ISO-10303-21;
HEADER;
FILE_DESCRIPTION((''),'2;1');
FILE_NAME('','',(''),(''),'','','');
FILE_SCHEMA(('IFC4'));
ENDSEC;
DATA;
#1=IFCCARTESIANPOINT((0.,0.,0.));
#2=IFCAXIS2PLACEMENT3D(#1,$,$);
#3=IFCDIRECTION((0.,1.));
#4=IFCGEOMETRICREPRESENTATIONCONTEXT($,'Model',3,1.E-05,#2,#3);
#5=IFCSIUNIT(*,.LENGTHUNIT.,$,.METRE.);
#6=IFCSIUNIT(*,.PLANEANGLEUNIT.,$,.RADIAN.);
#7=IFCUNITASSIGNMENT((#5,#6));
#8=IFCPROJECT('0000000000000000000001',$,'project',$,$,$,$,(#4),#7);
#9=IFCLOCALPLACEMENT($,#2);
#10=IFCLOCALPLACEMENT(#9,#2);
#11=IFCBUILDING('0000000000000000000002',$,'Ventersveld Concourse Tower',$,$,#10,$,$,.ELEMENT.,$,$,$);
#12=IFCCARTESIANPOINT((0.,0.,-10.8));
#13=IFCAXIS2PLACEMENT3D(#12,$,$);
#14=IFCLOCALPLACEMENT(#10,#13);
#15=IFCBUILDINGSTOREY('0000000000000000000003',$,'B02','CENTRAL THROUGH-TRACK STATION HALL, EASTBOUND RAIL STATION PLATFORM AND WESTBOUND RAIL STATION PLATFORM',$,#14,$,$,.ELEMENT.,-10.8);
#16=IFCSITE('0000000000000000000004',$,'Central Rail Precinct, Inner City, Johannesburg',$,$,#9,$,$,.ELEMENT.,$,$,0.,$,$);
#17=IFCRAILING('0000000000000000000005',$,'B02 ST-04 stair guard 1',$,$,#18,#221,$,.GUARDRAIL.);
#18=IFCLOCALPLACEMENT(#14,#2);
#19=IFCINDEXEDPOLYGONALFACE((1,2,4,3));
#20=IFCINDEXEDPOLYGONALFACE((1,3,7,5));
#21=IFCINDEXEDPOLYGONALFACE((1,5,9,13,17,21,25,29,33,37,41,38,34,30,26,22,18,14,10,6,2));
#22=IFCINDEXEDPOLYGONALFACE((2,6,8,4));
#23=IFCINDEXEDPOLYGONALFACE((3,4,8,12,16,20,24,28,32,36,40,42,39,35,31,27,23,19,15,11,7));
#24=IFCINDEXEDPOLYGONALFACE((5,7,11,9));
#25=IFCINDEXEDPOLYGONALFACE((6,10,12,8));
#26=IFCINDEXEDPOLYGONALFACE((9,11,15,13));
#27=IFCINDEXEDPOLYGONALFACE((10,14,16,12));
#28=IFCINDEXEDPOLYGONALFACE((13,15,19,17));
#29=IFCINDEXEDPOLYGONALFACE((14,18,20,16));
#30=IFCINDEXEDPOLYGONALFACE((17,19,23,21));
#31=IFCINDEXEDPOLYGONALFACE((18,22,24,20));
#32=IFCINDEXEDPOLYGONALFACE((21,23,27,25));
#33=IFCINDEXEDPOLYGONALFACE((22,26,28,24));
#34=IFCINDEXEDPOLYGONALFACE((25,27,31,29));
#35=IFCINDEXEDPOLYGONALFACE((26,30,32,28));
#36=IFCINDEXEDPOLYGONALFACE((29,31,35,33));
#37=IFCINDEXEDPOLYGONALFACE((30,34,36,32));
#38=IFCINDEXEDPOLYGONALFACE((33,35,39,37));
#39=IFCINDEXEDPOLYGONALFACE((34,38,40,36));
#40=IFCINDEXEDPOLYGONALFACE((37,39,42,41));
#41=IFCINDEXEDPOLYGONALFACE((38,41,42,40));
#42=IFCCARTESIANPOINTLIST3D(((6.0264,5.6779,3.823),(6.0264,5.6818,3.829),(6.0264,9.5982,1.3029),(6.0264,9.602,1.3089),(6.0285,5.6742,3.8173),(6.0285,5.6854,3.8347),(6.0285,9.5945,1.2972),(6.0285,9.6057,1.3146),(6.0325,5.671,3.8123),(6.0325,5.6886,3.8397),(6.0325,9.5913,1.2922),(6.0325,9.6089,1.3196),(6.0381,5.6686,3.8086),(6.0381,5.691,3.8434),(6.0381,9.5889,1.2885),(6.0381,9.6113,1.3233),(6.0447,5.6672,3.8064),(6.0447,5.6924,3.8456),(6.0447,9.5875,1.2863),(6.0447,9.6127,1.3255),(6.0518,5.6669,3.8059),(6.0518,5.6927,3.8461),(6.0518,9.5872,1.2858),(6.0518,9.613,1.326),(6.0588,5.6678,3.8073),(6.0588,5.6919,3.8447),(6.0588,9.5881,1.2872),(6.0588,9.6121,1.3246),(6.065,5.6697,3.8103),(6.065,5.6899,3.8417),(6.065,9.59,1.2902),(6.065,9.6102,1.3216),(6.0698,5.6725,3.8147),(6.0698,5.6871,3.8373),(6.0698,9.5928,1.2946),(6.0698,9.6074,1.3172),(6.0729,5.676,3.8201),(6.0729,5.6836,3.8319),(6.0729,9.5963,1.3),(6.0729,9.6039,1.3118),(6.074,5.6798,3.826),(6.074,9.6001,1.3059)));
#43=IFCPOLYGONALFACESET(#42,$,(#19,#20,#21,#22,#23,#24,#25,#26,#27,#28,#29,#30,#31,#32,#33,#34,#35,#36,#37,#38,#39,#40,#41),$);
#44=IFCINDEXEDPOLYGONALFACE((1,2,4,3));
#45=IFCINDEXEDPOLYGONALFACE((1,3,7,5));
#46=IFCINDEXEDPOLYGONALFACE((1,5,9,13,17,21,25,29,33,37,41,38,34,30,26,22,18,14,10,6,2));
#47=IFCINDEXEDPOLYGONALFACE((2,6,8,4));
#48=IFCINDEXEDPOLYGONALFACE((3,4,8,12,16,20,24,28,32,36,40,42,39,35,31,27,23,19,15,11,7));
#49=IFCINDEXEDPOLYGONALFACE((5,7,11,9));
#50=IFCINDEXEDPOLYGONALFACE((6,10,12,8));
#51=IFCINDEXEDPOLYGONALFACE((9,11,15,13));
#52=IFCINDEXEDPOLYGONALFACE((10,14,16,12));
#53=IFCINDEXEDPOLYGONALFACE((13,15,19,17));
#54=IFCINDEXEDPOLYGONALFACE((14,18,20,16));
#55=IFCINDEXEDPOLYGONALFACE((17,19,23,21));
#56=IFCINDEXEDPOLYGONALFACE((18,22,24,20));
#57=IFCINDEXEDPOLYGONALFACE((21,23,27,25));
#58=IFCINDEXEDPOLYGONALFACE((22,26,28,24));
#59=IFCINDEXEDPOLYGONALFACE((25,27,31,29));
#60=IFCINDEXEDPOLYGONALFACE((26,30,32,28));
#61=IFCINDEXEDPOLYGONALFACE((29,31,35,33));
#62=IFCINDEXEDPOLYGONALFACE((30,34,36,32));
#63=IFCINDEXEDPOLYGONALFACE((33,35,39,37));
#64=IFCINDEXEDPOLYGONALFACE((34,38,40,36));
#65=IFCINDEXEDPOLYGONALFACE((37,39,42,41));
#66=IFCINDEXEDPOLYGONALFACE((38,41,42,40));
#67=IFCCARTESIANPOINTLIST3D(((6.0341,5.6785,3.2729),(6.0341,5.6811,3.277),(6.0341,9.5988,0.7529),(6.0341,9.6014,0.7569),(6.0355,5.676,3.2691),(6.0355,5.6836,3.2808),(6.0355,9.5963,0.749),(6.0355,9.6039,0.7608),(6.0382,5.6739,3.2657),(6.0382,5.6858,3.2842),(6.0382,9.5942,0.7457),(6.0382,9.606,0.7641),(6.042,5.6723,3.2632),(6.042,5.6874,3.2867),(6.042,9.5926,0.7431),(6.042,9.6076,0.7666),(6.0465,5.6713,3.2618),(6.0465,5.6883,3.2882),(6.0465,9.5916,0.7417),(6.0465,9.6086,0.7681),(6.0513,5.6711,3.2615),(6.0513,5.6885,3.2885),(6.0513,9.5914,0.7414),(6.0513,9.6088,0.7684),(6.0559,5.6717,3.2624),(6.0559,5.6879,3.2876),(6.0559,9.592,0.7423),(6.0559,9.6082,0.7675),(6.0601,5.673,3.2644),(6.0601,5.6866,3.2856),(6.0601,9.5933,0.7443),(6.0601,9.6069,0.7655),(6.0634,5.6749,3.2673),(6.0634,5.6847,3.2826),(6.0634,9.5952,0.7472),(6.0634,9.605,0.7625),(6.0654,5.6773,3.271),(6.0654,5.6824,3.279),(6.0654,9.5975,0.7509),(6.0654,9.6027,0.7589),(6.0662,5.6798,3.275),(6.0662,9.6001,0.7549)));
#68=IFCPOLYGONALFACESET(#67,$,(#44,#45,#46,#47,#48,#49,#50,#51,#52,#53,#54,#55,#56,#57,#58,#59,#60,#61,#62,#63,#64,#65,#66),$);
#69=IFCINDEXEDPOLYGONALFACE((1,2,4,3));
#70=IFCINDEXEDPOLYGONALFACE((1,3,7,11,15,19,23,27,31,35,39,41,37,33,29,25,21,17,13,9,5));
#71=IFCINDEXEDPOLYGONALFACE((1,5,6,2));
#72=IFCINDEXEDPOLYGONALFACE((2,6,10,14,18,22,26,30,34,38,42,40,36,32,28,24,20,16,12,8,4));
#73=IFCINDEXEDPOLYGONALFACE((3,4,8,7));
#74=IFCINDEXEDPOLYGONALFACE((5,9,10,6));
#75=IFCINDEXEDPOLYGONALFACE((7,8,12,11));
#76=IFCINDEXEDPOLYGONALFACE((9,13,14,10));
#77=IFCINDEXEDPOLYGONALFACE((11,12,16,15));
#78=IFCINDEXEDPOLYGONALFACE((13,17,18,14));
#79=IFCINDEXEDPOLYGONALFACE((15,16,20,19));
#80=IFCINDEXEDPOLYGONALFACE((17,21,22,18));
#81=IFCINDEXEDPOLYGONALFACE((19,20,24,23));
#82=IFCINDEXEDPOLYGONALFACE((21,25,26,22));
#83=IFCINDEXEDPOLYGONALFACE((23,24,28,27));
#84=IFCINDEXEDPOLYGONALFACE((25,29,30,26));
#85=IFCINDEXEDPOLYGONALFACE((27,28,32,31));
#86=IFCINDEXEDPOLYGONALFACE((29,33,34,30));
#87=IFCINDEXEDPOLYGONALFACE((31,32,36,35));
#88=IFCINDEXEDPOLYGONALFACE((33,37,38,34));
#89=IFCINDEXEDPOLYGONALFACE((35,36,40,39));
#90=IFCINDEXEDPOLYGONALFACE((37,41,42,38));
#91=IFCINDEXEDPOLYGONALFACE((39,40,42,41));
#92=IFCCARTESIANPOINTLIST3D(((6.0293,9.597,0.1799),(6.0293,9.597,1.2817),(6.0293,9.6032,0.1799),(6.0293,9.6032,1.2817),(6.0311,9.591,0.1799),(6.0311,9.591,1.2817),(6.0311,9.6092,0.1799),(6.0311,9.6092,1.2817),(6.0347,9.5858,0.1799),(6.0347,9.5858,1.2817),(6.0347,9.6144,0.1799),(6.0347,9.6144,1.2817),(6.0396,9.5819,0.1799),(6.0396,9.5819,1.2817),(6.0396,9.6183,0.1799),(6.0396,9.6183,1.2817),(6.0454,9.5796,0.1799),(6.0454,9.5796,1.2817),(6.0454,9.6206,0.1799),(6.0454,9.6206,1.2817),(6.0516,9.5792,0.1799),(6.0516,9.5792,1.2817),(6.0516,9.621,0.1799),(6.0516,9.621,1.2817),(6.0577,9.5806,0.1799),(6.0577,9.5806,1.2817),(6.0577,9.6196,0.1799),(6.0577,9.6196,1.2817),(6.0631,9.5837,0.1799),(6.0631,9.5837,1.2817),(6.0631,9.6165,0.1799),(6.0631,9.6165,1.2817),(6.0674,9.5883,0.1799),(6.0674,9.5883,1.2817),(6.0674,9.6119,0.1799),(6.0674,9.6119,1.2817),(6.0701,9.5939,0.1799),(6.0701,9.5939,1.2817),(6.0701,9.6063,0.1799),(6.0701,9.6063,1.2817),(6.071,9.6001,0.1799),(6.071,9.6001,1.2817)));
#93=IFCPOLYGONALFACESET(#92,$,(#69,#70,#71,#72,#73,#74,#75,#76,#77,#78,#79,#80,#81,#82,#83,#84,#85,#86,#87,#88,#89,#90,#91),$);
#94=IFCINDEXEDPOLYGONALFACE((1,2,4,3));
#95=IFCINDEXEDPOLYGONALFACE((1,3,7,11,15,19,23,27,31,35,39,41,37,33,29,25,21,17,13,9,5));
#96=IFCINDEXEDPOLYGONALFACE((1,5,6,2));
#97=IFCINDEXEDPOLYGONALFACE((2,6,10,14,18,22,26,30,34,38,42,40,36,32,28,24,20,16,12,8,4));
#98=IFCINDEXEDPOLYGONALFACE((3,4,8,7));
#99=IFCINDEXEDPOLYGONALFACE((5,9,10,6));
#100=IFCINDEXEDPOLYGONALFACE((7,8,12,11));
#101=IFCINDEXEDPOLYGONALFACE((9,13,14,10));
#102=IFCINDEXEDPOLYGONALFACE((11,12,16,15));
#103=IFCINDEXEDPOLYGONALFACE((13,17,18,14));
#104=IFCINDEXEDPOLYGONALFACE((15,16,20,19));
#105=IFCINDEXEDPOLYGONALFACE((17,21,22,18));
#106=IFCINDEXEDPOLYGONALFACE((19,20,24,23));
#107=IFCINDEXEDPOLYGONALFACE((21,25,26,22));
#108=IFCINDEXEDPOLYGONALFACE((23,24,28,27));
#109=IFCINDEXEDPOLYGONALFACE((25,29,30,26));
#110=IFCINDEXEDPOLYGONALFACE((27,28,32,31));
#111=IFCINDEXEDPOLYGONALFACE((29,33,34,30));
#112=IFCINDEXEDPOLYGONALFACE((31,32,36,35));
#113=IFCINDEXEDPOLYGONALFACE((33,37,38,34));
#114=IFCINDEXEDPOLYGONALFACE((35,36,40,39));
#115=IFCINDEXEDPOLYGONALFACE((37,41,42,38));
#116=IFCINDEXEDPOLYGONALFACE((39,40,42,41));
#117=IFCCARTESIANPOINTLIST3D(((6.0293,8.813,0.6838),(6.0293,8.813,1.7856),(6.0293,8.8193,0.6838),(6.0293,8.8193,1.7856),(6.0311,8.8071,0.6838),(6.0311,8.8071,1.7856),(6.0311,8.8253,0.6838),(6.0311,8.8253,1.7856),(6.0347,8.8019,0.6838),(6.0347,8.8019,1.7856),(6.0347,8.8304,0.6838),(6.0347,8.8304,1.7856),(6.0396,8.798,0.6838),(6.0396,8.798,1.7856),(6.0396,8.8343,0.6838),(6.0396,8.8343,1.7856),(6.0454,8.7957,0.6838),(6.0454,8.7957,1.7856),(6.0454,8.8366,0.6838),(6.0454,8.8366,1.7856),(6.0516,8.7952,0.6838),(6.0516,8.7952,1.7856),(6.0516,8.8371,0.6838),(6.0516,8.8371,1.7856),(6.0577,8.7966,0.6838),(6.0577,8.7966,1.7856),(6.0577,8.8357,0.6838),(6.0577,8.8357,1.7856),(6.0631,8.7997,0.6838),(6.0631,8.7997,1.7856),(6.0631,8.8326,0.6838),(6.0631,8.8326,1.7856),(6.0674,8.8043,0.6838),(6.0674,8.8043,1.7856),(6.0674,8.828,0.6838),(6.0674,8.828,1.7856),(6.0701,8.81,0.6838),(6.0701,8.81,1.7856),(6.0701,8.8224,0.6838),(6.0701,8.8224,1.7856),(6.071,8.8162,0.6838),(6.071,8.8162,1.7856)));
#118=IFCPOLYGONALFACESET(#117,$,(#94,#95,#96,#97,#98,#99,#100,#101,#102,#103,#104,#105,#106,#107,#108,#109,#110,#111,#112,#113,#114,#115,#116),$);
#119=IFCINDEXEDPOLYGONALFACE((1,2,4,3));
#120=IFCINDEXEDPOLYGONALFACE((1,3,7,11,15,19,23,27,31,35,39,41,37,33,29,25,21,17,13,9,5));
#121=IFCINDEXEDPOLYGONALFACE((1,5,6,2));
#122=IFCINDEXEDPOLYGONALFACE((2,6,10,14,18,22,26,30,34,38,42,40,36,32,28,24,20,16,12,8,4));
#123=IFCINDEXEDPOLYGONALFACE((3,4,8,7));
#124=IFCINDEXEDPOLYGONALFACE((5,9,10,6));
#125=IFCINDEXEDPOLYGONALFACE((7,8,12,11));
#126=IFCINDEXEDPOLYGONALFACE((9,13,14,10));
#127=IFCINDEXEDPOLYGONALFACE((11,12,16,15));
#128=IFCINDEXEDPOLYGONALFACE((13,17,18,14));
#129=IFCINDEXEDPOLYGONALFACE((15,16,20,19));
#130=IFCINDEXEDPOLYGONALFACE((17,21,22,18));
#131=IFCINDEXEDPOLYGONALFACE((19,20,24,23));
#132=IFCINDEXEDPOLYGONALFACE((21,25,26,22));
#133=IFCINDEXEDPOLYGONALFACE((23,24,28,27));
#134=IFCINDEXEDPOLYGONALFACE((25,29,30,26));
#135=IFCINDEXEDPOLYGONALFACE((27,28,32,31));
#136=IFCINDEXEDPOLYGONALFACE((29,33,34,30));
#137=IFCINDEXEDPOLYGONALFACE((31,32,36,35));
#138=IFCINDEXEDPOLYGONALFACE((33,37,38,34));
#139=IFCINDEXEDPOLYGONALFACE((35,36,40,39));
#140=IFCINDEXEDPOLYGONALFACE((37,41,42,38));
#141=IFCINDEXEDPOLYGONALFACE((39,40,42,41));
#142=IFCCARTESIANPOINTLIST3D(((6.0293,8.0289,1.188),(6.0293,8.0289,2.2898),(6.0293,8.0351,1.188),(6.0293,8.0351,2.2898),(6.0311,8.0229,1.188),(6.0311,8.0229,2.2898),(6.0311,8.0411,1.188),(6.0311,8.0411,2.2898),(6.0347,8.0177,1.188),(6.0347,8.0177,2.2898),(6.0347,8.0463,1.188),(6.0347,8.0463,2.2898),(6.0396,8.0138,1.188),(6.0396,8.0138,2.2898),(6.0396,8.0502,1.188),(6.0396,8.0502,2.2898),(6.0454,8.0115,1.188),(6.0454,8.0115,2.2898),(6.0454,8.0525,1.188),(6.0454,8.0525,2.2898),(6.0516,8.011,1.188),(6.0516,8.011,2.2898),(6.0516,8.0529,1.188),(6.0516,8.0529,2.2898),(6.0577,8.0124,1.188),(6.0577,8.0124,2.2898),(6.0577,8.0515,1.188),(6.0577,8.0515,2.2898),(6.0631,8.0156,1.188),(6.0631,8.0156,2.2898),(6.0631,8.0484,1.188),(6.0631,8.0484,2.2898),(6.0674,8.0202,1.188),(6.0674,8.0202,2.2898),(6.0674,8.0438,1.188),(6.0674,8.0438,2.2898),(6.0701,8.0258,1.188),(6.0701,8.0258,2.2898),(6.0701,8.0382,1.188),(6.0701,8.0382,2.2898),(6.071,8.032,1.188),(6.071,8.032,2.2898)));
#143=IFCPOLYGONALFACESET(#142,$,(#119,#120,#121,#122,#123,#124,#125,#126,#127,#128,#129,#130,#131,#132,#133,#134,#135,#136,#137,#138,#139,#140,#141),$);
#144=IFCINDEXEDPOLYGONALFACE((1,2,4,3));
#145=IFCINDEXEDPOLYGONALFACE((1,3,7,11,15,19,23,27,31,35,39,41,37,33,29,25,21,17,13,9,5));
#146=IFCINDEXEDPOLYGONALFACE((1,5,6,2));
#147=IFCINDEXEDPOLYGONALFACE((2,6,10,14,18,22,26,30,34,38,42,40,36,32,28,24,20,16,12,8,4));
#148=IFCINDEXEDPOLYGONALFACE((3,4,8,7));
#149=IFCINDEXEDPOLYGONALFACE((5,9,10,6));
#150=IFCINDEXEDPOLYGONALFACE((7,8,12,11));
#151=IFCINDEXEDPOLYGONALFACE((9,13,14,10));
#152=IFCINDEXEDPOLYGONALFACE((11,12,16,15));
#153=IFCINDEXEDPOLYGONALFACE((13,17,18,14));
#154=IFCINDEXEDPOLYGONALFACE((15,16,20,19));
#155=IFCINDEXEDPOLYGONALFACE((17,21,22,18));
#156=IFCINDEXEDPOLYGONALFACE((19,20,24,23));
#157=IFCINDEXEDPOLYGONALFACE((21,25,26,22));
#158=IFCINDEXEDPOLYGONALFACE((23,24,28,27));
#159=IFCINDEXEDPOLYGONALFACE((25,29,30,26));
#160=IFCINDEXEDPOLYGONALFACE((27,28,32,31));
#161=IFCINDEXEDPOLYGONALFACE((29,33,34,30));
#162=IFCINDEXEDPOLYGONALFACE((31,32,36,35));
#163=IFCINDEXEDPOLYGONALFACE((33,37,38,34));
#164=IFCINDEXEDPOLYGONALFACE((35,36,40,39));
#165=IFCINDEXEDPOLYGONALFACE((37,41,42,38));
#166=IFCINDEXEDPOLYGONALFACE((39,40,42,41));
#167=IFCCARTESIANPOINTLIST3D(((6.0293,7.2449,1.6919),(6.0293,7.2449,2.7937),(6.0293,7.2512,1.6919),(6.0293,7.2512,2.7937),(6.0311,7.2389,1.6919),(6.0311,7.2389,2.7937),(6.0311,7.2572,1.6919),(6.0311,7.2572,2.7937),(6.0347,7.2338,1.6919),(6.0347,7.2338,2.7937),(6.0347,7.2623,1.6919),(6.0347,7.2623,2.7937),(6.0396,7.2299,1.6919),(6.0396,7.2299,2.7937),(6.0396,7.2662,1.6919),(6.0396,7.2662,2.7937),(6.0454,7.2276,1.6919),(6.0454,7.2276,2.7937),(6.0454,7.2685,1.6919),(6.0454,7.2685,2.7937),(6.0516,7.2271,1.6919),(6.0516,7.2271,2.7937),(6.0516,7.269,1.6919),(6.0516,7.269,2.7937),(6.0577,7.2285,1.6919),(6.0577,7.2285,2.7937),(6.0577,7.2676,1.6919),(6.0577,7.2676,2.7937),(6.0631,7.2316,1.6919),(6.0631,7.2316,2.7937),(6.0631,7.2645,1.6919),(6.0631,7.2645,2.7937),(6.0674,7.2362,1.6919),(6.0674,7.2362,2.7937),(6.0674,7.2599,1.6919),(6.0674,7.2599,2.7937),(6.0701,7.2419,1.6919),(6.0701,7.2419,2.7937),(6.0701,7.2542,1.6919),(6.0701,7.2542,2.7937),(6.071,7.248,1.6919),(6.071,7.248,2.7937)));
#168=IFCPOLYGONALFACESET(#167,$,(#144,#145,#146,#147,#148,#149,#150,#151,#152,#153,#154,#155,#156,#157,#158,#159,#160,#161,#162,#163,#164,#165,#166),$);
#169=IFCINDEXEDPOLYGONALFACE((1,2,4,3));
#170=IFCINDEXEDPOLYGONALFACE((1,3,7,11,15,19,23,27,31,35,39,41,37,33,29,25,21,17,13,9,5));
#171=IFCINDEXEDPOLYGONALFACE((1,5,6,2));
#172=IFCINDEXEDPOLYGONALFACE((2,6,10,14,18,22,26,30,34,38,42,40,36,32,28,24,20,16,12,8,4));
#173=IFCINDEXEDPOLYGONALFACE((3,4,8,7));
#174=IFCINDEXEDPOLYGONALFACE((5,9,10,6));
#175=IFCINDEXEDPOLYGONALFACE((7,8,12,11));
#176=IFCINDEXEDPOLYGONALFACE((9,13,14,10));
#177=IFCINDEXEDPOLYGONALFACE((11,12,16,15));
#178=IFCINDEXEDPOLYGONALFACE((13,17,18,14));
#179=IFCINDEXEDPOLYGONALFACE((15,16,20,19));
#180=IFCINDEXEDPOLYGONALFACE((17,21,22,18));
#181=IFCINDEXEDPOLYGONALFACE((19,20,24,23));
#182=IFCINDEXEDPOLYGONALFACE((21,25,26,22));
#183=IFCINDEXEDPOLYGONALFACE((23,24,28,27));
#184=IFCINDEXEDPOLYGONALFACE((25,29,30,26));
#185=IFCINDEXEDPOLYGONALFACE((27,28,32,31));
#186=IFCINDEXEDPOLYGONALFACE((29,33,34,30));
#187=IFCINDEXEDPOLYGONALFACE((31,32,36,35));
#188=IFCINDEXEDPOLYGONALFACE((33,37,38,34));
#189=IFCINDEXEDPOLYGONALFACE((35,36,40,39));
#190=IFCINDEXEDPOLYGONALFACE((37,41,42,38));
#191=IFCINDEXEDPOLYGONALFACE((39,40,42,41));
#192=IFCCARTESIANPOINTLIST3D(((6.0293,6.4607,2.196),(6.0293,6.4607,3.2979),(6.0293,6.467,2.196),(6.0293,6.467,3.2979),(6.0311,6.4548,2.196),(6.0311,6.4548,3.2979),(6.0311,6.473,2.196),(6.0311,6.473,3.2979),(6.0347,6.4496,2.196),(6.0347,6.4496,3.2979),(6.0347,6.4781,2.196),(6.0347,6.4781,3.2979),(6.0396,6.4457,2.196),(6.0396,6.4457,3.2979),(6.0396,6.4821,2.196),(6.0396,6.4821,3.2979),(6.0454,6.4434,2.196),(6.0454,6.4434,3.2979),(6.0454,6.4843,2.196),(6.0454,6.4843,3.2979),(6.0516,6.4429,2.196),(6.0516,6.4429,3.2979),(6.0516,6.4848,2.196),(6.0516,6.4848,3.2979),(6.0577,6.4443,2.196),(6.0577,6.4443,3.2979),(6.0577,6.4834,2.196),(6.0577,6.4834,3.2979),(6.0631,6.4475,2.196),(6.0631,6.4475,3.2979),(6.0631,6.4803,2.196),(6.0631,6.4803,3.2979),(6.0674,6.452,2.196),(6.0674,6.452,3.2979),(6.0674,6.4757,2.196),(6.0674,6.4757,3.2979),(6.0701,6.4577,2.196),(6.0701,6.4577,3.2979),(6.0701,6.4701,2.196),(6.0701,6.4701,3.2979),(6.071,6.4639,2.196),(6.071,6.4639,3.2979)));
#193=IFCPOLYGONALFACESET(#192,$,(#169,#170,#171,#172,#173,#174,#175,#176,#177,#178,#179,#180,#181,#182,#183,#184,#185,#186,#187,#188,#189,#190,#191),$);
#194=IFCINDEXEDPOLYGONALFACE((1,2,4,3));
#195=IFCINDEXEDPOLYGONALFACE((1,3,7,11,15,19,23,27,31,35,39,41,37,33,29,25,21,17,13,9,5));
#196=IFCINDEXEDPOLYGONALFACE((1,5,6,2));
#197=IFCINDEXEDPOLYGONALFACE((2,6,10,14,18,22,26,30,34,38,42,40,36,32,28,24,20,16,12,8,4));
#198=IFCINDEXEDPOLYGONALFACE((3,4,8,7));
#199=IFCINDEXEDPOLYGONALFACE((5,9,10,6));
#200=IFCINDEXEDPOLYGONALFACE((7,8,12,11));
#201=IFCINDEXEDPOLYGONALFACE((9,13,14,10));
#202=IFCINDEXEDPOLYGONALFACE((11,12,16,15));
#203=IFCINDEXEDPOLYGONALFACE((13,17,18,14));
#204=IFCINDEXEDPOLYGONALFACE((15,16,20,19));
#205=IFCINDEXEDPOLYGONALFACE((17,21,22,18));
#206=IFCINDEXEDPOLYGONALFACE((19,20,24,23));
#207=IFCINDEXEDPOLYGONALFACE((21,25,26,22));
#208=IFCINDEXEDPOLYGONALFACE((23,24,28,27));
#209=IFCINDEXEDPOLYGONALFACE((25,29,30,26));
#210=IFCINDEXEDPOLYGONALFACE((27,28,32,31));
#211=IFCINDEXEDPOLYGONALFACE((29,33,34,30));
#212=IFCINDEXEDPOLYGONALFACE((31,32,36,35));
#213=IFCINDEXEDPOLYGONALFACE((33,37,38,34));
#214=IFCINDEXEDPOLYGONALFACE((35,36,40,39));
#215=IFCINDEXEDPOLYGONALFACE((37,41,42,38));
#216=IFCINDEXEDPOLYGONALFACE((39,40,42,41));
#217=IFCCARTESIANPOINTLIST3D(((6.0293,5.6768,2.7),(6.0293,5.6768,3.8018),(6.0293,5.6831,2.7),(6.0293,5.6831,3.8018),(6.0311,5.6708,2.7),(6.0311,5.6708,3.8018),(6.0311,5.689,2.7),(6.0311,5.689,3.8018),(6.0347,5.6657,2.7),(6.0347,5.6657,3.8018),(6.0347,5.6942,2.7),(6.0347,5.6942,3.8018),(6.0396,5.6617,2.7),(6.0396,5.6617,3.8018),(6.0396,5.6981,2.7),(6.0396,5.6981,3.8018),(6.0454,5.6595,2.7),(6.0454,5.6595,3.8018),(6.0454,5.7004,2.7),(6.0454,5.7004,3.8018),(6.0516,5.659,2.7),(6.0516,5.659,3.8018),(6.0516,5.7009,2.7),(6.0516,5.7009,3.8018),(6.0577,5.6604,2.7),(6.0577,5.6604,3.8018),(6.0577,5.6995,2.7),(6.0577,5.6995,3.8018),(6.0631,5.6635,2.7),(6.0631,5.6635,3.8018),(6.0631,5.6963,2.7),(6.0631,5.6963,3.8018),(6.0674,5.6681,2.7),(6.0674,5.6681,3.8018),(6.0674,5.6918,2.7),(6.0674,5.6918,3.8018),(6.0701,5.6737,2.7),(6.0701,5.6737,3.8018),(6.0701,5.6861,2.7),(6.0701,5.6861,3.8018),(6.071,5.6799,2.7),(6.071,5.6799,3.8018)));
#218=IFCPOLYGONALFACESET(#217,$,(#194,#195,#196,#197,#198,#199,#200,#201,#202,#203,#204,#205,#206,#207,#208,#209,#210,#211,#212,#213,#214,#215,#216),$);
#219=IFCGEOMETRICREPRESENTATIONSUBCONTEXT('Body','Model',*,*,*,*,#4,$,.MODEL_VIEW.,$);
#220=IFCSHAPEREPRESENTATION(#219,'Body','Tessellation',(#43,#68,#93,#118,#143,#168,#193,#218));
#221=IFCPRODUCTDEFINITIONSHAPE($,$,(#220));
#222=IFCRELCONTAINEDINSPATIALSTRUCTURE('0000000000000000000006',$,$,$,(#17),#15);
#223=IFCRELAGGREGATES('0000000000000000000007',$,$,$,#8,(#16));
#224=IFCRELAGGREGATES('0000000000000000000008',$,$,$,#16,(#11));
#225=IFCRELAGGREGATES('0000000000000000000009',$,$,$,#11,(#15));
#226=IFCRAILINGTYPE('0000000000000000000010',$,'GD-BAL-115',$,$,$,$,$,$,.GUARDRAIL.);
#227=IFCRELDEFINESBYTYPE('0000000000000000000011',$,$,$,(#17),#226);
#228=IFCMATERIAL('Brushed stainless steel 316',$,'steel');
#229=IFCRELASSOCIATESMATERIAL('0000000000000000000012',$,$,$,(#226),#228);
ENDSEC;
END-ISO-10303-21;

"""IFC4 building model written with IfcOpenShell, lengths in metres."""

from ifc_helpers import new_model, si_unit, direction, frame, origin, origin_2d, place, context, subcontext, project, spatial, circle, extrude, material, type_object, element, save


model = new_model("IFC4")

# Units and contexts
model_context = context("Model", 3, precision=1e-05, world=origin(), true_north=direction((0.0, 1.0)))
body_context = subcontext(model_context, "Body", "Model", "MODEL_VIEW")
ifc_project = project(units=[si_unit("LENGTHUNIT", "METRE"), si_unit("PLANEANGLEUNIT", "RADIAN")], contexts=[model_context])

# Site, building, storey
site_placement = place(None, origin())
site = spatial("IfcSite", under=ifc_project, at=site_placement, Name="Central Rail Precinct, Inner City, Johannesburg", CompositionType="ELEMENT", RefElevation=0.0)
building_placement = place(site_placement, origin())
building = spatial("IfcBuilding", under=site, at=building_placement, Name="Ventersveld Concourse Tower", CompositionType="ELEMENT")
storey_placement = place(building_placement, frame((0.0, 0.0, -10.8)))
storey = spatial("IfcBuildingStorey", under=building, at=storey_placement, Name="B02", Description="CENTRAL THROUGH-TRACK STATION HALL, EASTBOUND RAIL STATION PLATFORM AND WESTBOUND RAIL STATION PLATFORM", CompositionType="ELEMENT", Elevation=-10.8)

# Railing
ifc_material_1 = material(Name="Brushed stainless steel 316", Category="steel")
railing_type_1 = type_object("IfcRailingType", Name="GD-BAL-115", PredefinedType="GUARDRAIL", material=ifc_material_1)
railing_1_placement = place(storey_placement, frame((6.05, 9.6001, 0.1799)))
element("IfcRailing", 1, at=railing_1_placement, inside=storey, type_object=railing_type_1, Name="B02 ST-04 stair guard 1", PredefinedType="GUARDRAIL", context=body_context, shape_type="SweptSolid", body=[
    extrude(circle(Radius=0.0239, at=origin_2d()), frame((0.0, 0.0, 1.126), z_axis=(0.0, -0.841187, 0.540744), x_axis=(1.0, 0.0, 0.0)), (0.0, 0.0, 1.0), 4.6604),
    extrude(circle(Radius=0.0161, at=origin_2d()), frame((0.0, 0.0, 0.575), z_axis=(0.0, -0.841187, 0.540744), x_axis=(1.0, 0.0, 0.0)), (0.0, 0.0, 1.0), 4.6604),
    extrude(circle(Radius=0.021, at=origin_2d()), origin(), (0.0, 0.0, 1.0), 1.1018),
    extrude(circle(Radius=0.021, at=origin_2d()), frame((0.0, -0.7839, 0.5039)), (0.0, 0.0, 1.0), 1.1018),
    extrude(circle(Radius=0.021, at=origin_2d()), frame((0.0, -1.5681, 1.0081)), (0.0, 0.0, 1.0), 1.1018),
    extrude(circle(Radius=0.021, at=origin_2d()), frame((0.0, -2.3521, 1.512)), (0.0, 0.0, 1.0), 1.1018),
    extrude(circle(Radius=0.021, at=origin_2d()), frame((0.0, -3.1362, 2.0161)), (0.0, 0.0, 1.0), 1.1018),
    extrude(circle(Radius=0.021, at=origin_2d()), frame((0.0, -3.9202, 2.52)), (0.0, 0.0, 1.0), 1.1018),
])

save(model, "model.ifc")
